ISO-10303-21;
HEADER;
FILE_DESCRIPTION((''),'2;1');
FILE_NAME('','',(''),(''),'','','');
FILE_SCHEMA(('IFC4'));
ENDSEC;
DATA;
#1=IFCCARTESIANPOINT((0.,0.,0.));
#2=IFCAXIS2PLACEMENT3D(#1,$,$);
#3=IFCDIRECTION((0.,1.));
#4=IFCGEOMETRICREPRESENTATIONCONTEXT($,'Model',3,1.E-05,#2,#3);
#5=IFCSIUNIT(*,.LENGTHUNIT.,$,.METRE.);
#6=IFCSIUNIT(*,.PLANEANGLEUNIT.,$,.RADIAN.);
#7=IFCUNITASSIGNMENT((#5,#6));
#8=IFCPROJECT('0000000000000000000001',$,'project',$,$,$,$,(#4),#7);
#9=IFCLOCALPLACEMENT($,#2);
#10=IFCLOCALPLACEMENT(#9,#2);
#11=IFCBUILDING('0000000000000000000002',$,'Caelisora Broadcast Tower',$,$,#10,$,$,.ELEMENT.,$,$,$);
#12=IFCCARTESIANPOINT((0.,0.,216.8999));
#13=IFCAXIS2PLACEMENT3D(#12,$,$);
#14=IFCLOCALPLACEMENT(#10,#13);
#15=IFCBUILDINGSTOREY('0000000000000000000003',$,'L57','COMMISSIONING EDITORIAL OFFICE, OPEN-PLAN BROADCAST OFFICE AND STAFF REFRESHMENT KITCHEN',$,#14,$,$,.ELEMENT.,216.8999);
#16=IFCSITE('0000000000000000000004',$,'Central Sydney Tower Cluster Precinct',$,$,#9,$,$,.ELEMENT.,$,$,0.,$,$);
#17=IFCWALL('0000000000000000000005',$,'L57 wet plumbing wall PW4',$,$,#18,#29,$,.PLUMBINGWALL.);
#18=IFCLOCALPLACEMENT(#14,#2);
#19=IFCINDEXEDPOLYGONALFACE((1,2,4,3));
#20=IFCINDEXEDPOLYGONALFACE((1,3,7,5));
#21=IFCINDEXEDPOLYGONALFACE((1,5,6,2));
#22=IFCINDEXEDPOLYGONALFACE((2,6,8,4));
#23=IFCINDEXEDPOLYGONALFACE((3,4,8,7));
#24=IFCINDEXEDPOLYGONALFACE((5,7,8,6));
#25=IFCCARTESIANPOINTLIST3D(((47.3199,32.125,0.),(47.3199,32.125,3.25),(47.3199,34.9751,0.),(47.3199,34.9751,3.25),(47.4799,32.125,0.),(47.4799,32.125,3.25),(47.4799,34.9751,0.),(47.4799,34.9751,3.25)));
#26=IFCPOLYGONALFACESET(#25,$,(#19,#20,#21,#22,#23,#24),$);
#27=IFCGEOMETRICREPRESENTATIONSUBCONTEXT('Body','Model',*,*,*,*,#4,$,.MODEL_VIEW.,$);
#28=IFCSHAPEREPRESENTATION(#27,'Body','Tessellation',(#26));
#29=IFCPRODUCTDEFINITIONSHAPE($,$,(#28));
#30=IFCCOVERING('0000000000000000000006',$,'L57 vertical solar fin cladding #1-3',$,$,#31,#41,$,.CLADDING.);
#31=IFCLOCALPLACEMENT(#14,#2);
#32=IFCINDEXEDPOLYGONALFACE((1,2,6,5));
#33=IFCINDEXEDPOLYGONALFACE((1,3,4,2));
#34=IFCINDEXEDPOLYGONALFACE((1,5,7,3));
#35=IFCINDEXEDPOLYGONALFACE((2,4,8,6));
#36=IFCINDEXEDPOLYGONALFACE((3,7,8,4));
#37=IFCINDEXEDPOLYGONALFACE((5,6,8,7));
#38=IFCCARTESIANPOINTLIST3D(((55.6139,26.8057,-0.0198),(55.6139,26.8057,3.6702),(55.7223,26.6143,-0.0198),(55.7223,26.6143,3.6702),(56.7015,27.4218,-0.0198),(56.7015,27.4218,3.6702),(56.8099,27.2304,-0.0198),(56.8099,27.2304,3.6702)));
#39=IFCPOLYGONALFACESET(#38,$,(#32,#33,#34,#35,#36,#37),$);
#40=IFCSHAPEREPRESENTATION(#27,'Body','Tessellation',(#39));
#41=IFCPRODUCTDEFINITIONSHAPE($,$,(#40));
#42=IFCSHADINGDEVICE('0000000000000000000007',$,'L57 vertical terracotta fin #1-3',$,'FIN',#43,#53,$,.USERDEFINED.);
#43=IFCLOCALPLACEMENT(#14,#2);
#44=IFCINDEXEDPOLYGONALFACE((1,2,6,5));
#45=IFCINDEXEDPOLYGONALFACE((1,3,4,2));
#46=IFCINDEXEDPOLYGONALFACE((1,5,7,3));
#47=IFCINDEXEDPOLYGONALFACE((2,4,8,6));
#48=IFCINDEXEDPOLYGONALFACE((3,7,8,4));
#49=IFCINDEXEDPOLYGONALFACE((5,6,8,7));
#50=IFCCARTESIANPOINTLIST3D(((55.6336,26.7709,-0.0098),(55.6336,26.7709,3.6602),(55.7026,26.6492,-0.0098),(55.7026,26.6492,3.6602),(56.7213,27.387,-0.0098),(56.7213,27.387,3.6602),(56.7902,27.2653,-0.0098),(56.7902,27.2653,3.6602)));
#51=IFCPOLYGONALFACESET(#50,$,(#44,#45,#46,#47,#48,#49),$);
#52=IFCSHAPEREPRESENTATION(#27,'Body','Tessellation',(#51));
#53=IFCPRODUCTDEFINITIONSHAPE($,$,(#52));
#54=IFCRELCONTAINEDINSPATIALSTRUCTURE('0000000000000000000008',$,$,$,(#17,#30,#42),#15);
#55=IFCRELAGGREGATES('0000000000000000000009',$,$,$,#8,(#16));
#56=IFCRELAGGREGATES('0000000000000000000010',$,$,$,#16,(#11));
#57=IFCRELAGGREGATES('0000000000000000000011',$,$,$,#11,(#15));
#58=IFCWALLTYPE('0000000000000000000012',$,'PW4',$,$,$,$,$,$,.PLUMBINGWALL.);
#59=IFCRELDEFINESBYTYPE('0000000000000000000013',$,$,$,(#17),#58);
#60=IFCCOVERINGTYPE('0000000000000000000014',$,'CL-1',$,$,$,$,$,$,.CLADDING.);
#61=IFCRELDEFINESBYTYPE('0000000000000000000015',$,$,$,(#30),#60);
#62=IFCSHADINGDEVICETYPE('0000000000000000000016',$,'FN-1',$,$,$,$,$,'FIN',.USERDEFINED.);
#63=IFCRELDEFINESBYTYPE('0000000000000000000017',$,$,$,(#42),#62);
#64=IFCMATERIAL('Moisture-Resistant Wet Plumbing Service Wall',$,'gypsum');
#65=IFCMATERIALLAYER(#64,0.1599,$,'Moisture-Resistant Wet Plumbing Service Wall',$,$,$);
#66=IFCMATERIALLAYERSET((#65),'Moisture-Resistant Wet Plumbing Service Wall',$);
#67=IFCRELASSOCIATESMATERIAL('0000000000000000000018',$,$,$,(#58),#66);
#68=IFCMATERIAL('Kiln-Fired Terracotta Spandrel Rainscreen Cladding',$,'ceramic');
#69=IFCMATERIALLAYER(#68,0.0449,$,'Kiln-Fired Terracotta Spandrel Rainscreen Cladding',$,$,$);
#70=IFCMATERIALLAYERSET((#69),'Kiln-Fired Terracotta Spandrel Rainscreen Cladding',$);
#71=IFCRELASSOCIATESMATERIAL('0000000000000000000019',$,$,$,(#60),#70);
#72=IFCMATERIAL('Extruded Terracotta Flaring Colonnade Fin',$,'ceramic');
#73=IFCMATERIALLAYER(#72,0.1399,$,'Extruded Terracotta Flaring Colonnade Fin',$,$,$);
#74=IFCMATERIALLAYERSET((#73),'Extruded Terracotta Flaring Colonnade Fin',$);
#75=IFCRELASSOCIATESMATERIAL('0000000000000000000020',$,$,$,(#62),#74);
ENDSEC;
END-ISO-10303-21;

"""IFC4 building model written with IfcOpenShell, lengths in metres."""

from ifc_helpers import new_model, si_unit, direction, frame, frame_2d, origin, origin_2d, place, context, subcontext, project, spatial, rectangle, extrude, source, transform, mapped, material, layer, layer_set, type_object, type_shapes, element, save


model = new_model("IFC4")

# Units and contexts
model_context = context("Model", 3, precision=1e-05, world=origin(), true_north=direction((0.0, 1.0)))
body_context = subcontext(model_context, "Body", "Model", "MODEL_VIEW")
ifc_project = project(units=[si_unit("LENGTHUNIT", "METRE"), si_unit("PLANEANGLEUNIT", "RADIAN")], contexts=[model_context])

# Site, building, storey
site_placement = place(None, origin())
site = spatial("IfcSite", under=ifc_project, at=site_placement, Name="Central Sydney Tower Cluster Precinct", CompositionType="ELEMENT", RefElevation=0.0)
building_placement = place(site_placement, origin())
building = spatial("IfcBuilding", under=site, at=building_placement, Name="Caelisora Broadcast Tower", CompositionType="ELEMENT")
storey_placement = place(building_placement, frame((0.0, 0.0, 216.8999)))
storey = spatial("IfcBuildingStorey", under=building, at=storey_placement, Name="L57", Description="COMMISSIONING EDITORIAL OFFICE, OPEN-PLAN BROADCAST OFFICE AND STAFF REFRESHMENT KITCHEN", CompositionType="ELEMENT", Elevation=216.8999)

# Wall
ifc_material_1 = material(Name="Moisture-Resistant Wet Plumbing Service Wall", Category="gypsum")
ifc_layer_1 = layer(ifc_material_1, 0.1599, Name="Moisture-Resistant Wet Plumbing Service Wall")
ifc_layer_set_1 = layer_set([ifc_layer_1], Name="Moisture-Resistant Wet Plumbing Service Wall")
wall_type_1 = type_object("IfcWallType", Name="PW4", PredefinedType="PLUMBINGWALL", material=ifc_layer_set_1)
wall_1_placement = place(storey_placement, frame((47.3999, 32.125, 0.0), z_axis=(0.0, 0.0, 1.0), x_axis=(0.0, 1.0, 0.0)))
element("IfcWall", 1, at=wall_1_placement, inside=storey, type_object=wall_type_1, Name="L57 wet plumbing wall PW4", PredefinedType="PLUMBINGWALL", context=body_context, shape_type="SweptSolid", body=[
    extrude(rectangle(XDim=2.8501, YDim=0.1599, at=frame_2d((1.425, 0.0))), origin(), (0.0, 0.0, 1.0), 3.25),
])

# Covering
ifc_material_2 = material(Name="Kiln-Fired Terracotta Spandrel Rainscreen Cladding", Category="ceramic")
ifc_layer_2 = layer(ifc_material_2, 0.0449, Name="Kiln-Fired Terracotta Spandrel Rainscreen Cladding")
ifc_layer_set_2 = layer_set([ifc_layer_2], Name="Kiln-Fired Terracotta Spandrel Rainscreen Cladding")
covering_type = type_object("IfcCoveringType", Name="CL-1", PredefinedType="CLADDING", material=ifc_layer_set_2)
shared_shape_1 = source(origin(), body_context, "Body", "SweptSolid", [
    extrude(rectangle(XDim=0.22, YDim=1.25, at=origin_2d()), origin(), (0.0, 0.0, 1.0), 3.6899),
])
type_shapes(covering_type, [shared_shape_1])
covering_placement = place(storey_placement, frame((56.2119, 27.0181, -0.0198), z_axis=(0.0, 0.0, 1.0), x_axis=(0.492879, -0.870098, 0.0)))
element("IfcCovering", 2, at=covering_placement, inside=storey, type_object=covering_type, Name="L57 vertical solar fin cladding #1-3", PredefinedType="CLADDING", context=body_context, shape_type="MappedRepresentation", body=[
    mapped(shared_shape_1, transform((0.0, 0.0, 0.0), scale=1.0)),
])

# Shading device
ifc_material_3 = material(Name="Extruded Terracotta Flaring Colonnade Fin", Category="ceramic")
ifc_layer_3 = layer(ifc_material_3, 0.1399, Name="Extruded Terracotta Flaring Colonnade Fin")
ifc_layer_set_3 = layer_set([ifc_layer_3], Name="Extruded Terracotta Flaring Colonnade Fin")
shading_device_type = type_object("IfcShadingDeviceType", Name="FN-1", ElementType="FIN", PredefinedType="USERDEFINED", material=ifc_layer_set_3)
shared_shape_2 = source(origin(), body_context, "Body", "SweptSolid", [
    extrude(rectangle(XDim=0.1399, YDim=1.25, at=origin_2d()), origin(), (0.0, 0.0, 1.0), 3.6699),
])
type_shapes(shading_device_type, [shared_shape_2])
shading_device_placement = place(storey_placement, frame((56.2119, 27.0181, -0.0098), z_axis=(0.0, 0.0, 1.0), x_axis=(0.492879, -0.870098, 0.0)))
element("IfcShadingDevice", 3, at=shading_device_placement, inside=storey, type_object=shading_device_type, Name="L57 vertical terracotta fin #1-3", ObjectType="FIN", PredefinedType="USERDEFINED", context=body_context, shape_type="MappedRepresentation", body=[
    mapped(shared_shape_2, transform((0.0, 0.0, 0.0), scale=1.0)),
])

save(model, "model.ifc")
